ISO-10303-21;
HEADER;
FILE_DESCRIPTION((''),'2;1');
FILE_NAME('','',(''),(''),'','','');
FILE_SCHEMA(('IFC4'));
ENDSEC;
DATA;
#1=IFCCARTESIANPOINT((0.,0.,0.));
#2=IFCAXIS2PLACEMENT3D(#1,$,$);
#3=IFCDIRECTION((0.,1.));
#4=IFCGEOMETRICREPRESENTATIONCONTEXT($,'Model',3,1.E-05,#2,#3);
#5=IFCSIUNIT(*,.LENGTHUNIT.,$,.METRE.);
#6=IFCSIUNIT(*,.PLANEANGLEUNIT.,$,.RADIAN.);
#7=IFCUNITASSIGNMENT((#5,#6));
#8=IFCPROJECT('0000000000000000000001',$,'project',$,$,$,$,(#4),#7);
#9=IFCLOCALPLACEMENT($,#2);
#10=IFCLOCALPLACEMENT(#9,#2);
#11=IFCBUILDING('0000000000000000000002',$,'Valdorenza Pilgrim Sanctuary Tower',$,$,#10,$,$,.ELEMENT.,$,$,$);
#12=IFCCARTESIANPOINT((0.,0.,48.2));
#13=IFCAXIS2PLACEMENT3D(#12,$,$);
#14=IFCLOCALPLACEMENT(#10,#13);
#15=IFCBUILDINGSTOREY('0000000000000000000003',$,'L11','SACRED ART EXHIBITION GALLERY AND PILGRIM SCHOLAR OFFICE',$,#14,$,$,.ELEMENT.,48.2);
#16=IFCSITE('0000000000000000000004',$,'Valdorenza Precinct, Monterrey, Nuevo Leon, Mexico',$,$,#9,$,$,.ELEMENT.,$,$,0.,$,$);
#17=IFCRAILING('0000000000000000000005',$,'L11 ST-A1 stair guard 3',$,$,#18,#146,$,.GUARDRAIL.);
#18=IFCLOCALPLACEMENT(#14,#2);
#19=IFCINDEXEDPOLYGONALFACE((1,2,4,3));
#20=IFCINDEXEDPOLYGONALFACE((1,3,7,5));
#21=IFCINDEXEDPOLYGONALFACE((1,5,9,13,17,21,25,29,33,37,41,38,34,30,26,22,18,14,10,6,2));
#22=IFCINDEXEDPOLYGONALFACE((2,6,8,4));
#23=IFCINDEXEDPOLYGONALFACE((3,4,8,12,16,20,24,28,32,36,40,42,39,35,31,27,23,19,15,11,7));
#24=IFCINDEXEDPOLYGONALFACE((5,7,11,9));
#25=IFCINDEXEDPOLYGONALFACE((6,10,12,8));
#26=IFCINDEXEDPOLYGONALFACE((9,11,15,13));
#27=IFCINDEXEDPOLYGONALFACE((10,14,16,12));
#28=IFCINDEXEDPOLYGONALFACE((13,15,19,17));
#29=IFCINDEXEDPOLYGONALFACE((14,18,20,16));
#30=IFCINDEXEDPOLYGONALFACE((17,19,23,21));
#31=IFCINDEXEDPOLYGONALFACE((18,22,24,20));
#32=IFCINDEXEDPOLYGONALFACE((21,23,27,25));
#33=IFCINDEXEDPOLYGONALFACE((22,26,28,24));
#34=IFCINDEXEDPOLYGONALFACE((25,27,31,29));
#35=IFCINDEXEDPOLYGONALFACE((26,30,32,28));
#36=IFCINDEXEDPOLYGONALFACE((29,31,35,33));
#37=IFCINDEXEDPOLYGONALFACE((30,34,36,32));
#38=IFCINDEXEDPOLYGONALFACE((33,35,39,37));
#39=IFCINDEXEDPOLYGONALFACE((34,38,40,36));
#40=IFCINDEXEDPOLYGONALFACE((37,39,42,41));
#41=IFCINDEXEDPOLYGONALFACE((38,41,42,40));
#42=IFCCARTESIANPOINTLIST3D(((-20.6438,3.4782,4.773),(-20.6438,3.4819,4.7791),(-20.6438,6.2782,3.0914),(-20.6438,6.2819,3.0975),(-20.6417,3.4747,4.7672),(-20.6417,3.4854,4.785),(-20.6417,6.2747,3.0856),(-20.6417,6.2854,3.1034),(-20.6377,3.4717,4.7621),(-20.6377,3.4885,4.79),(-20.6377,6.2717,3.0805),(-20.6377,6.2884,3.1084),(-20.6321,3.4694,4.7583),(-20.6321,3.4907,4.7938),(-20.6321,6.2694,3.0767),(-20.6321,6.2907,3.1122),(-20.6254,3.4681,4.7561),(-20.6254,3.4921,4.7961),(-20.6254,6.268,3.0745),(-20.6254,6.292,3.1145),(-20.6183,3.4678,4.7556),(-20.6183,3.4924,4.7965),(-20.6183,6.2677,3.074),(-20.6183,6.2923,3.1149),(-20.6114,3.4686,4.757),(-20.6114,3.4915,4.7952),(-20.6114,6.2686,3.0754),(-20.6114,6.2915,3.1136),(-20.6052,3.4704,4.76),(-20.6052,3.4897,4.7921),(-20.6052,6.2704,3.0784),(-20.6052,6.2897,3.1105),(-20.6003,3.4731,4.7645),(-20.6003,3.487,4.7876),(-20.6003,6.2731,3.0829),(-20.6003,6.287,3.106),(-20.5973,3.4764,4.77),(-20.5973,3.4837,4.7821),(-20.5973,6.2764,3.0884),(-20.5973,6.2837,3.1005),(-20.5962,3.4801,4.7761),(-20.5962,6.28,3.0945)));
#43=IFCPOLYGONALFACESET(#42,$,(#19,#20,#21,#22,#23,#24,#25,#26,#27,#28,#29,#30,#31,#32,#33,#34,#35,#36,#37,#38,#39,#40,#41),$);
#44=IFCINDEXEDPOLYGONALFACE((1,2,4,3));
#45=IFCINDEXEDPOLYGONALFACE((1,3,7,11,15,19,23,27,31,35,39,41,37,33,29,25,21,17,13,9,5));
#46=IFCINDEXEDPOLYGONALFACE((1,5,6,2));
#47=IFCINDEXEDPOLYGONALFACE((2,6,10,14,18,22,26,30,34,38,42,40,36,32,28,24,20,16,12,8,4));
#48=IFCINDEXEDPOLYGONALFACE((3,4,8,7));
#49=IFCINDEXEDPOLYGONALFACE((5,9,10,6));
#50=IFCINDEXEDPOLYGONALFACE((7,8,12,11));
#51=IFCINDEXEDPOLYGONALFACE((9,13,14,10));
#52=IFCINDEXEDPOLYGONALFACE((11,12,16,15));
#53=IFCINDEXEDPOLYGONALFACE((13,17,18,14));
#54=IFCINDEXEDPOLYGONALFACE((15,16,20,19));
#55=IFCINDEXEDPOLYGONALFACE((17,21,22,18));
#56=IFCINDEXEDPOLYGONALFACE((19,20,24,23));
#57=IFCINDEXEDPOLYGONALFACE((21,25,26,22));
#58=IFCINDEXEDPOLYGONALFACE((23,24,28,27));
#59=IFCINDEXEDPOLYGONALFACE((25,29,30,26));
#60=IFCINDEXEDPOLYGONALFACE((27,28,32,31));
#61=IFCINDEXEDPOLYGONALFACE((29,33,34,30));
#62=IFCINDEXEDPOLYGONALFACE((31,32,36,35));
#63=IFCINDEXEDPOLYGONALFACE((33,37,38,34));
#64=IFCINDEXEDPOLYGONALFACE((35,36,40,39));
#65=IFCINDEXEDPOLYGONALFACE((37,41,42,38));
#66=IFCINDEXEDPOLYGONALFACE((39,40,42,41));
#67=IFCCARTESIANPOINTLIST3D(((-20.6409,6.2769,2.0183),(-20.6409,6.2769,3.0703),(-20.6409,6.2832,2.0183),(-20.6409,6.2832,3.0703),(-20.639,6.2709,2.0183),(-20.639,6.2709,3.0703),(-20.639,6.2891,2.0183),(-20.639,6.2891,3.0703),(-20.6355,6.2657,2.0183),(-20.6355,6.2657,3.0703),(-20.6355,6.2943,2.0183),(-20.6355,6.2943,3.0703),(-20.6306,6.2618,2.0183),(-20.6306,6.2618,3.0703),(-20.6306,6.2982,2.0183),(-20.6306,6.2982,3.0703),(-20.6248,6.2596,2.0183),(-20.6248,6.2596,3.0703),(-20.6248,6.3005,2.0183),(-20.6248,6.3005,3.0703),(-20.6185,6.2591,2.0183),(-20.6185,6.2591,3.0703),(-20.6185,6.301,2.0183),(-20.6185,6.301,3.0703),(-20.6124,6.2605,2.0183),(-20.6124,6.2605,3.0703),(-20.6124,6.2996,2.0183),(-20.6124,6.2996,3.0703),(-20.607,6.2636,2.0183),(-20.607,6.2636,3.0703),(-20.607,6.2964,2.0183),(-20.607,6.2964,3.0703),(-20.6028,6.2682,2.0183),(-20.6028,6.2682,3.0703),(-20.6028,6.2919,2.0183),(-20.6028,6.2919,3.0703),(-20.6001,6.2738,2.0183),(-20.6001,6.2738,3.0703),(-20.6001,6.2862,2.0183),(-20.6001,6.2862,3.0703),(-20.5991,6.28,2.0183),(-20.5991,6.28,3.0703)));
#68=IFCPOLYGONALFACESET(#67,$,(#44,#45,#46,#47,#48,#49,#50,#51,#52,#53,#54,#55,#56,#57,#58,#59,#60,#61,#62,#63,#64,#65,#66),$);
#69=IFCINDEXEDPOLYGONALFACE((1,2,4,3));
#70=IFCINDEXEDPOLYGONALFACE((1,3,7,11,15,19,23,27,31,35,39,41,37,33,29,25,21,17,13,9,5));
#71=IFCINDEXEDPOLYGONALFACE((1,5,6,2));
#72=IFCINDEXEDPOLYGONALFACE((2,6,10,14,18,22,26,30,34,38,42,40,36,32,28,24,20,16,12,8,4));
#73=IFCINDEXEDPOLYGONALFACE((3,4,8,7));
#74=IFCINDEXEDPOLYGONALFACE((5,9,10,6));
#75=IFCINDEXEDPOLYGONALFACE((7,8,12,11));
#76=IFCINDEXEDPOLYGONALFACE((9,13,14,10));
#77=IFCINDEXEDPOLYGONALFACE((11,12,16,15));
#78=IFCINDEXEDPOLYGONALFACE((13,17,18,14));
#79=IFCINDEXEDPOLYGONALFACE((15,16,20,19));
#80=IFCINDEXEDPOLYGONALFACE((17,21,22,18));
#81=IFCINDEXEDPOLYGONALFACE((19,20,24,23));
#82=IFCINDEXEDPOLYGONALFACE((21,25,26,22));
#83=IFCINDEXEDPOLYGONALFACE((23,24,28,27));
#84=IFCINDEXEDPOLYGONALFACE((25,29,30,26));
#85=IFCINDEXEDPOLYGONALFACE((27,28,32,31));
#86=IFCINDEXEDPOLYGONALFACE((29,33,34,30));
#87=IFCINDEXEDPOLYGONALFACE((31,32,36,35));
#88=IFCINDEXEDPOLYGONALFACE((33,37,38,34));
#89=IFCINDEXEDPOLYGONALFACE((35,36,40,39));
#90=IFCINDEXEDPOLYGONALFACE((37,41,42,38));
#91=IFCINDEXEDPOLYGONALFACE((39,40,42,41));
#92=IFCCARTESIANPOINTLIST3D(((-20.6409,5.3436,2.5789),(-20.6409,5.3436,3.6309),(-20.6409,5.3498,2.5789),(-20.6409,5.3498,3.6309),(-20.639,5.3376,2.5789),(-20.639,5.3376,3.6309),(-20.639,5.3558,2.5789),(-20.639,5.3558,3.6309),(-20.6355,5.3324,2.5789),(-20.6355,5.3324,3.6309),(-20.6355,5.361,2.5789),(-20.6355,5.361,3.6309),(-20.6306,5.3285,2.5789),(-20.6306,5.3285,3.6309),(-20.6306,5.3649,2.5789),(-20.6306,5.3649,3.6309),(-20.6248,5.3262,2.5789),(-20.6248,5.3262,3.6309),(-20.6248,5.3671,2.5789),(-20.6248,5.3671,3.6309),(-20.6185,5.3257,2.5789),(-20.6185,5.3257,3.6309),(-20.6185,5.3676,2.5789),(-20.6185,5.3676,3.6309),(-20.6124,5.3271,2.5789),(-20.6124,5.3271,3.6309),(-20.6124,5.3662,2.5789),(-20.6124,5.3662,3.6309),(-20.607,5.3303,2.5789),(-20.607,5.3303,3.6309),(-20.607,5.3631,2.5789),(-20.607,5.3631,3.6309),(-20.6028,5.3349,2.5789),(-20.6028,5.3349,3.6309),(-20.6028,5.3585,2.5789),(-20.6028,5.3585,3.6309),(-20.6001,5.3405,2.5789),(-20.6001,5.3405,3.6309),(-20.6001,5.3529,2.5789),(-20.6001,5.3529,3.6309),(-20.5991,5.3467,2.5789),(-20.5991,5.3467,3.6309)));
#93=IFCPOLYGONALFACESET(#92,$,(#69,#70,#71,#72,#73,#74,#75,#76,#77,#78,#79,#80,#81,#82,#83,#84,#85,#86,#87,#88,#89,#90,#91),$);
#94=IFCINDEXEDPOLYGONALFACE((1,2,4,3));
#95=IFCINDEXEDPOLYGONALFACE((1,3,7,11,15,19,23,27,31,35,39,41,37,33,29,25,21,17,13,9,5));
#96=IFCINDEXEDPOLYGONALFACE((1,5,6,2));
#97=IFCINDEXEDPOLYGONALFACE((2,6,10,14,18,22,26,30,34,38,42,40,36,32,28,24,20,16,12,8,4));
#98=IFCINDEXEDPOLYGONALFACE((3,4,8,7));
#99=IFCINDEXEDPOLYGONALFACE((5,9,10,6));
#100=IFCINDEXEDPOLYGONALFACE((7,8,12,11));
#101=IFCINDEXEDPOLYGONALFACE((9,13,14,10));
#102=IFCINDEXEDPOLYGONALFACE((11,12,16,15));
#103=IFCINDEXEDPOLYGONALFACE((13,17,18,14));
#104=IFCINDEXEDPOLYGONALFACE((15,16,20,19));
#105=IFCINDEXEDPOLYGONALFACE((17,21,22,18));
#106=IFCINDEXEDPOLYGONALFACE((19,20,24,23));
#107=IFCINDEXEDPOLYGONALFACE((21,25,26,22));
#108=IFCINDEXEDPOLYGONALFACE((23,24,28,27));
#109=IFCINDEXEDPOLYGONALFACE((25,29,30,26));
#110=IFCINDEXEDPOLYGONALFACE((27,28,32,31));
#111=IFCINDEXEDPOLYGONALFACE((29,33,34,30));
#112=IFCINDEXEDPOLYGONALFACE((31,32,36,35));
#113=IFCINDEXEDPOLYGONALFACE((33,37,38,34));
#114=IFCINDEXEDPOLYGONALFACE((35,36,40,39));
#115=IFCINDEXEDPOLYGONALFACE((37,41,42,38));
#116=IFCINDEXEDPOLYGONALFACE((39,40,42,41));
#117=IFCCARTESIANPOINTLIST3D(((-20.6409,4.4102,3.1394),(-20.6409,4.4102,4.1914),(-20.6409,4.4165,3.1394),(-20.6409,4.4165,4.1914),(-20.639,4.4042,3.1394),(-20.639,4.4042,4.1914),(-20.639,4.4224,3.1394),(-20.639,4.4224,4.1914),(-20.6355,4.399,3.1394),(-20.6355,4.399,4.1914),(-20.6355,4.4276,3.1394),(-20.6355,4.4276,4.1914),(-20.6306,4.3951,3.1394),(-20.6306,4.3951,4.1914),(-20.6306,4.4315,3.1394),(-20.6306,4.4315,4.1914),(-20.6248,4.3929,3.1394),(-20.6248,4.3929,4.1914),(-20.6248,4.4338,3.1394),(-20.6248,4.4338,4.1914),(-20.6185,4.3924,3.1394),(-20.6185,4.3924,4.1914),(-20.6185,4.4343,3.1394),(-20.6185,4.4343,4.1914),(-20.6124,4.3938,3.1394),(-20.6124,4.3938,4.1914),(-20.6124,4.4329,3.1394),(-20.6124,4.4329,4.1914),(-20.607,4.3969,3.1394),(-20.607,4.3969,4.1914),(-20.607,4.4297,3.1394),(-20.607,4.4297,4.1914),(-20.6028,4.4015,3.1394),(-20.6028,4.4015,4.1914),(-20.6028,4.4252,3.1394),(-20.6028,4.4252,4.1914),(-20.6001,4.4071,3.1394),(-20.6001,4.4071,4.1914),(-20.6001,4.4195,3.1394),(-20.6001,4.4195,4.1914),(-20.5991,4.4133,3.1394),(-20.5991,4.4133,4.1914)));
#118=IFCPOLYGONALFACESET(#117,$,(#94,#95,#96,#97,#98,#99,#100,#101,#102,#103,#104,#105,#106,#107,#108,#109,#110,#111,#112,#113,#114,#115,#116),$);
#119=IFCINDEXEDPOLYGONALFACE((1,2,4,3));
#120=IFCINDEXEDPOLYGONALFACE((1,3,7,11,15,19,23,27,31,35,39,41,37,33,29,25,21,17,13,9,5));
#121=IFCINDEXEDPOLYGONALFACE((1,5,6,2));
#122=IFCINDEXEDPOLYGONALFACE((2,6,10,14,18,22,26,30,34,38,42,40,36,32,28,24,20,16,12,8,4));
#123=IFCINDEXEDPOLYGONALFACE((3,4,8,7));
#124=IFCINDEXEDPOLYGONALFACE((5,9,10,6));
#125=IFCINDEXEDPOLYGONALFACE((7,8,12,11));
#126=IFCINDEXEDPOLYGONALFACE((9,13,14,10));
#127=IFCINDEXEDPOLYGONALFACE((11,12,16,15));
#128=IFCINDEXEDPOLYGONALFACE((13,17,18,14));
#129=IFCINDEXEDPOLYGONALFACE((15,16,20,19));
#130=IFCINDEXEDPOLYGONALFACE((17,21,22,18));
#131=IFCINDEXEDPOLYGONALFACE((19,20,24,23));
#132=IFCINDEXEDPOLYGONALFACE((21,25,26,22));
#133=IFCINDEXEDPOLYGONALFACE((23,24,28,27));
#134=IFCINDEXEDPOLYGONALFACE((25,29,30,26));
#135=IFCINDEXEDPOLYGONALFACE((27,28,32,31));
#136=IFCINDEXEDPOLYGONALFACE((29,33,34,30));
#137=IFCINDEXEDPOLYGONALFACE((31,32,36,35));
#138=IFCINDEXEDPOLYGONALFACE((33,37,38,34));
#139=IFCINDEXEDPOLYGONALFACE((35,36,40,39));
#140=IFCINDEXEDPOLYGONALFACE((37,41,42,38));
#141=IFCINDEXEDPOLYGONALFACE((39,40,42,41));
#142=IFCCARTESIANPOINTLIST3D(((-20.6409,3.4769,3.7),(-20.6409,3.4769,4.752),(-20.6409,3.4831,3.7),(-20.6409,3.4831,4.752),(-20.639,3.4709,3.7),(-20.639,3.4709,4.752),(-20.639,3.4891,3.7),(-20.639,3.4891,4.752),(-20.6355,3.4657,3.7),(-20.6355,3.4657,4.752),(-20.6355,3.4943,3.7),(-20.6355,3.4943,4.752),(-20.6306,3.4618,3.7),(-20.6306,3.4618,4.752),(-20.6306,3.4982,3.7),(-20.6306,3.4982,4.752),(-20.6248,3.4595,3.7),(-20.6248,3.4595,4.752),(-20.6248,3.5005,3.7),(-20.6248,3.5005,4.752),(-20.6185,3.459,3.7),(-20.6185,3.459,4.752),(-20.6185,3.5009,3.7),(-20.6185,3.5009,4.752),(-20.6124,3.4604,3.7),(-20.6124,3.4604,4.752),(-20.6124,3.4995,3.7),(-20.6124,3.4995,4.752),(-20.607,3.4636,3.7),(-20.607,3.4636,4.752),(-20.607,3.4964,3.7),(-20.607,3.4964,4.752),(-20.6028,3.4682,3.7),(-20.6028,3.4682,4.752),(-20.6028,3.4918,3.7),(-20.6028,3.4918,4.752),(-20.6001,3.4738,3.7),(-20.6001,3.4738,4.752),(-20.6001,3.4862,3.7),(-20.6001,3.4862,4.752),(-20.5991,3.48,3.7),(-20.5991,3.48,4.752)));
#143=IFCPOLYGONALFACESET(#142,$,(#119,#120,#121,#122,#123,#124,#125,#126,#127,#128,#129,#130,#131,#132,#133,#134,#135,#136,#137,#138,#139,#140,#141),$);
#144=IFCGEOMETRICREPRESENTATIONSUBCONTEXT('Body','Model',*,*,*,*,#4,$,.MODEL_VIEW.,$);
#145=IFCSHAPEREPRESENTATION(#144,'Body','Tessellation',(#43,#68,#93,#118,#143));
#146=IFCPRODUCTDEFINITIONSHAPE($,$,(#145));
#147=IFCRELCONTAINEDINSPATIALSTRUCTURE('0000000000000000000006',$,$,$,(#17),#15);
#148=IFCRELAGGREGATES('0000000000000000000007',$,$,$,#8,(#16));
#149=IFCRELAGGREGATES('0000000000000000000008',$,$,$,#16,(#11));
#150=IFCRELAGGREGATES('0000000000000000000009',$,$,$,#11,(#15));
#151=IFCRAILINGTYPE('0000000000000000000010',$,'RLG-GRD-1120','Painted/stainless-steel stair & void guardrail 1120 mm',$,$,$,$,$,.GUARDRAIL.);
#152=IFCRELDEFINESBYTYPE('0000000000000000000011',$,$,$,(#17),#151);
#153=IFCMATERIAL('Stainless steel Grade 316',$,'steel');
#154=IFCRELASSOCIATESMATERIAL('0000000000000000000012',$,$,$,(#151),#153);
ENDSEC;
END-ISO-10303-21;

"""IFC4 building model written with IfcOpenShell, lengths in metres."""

from ifc_helpers import new_model, si_unit, direction, frame, origin, origin_2d, place, context, subcontext, project, spatial, circle, extrude, material, type_object, element, save


model = new_model("IFC4")

# Units and contexts
model_context = context("Model", 3, precision=1e-05, world=origin(), true_north=direction((0.0, 1.0)))
body_context = subcontext(model_context, "Body", "Model", "MODEL_VIEW")
ifc_project = project(units=[si_unit("LENGTHUNIT", "METRE"), si_unit("PLANEANGLEUNIT", "RADIAN")], contexts=[model_context])

# Site, building, storey
site_placement = place(None, origin())
site = spatial("IfcSite", under=ifc_project, at=site_placement, Name="Valdorenza Precinct, Monterrey, Nuevo Leon, Mexico", CompositionType="ELEMENT", RefElevation=0.0)
building_placement = place(site_placement, origin())
building = spatial("IfcBuilding", under=site, at=building_placement, Name="Valdorenza Pilgrim Sanctuary Tower", CompositionType="ELEMENT")
storey_placement = place(building_placement, frame((0.0, 0.0, 48.2)))
storey = spatial("IfcBuildingStorey", under=building, at=storey_placement, Name="L11", Description="SACRED ART EXHIBITION GALLERY AND PILGRIM SCHOLAR OFFICE", CompositionType="ELEMENT", Elevation=48.2)

# Railing
ifc_material_1 = material(Name="Stainless steel Grade 316", Category="steel")
railing_type_1 = type_object("IfcRailingType", Name="RLG-GRD-1120", Description="Painted/stainless-steel stair & void guardrail 1120 mm", PredefinedType="GUARDRAIL", material=ifc_material_1)
railing_1_placement = place(storey_placement, frame((-20.6201, 6.28, 2.0183)))
element("IfcRailing", 1, at=railing_1_placement, inside=storey, type_object=railing_type_1, Name="L11 ST-A1 stair guard 3", PredefinedType="GUARDRAIL", context=body_context, shape_type="SweptSolid", body=[
    extrude(circle(Radius=0.0239, at=origin_2d()), frame((0.0, 0.0, 1.0762), z_axis=(0.0, -0.857275, 0.514858), x_axis=(1.0, 0.0, 0.0)), (0.0, 0.0, 1.0), 3.2661),
    extrude(circle(Radius=0.021, at=origin_2d()), origin(), (0.0, 0.0, 1.0), 1.052),
    extrude(circle(Radius=0.021, at=origin_2d()), frame((0.0, -0.9333, 0.5605)), (0.0, 0.0, 1.0), 1.052),
    extrude(circle(Radius=0.021, at=origin_2d()), frame((0.0, -1.8667, 1.1211)), (0.0, 0.0, 1.0), 1.052),
    extrude(circle(Radius=0.021, at=origin_2d()), frame((0.0, -2.8, 1.6816)), (0.0, 0.0, 1.0), 1.052),
])

save(model, "model.ifc")
